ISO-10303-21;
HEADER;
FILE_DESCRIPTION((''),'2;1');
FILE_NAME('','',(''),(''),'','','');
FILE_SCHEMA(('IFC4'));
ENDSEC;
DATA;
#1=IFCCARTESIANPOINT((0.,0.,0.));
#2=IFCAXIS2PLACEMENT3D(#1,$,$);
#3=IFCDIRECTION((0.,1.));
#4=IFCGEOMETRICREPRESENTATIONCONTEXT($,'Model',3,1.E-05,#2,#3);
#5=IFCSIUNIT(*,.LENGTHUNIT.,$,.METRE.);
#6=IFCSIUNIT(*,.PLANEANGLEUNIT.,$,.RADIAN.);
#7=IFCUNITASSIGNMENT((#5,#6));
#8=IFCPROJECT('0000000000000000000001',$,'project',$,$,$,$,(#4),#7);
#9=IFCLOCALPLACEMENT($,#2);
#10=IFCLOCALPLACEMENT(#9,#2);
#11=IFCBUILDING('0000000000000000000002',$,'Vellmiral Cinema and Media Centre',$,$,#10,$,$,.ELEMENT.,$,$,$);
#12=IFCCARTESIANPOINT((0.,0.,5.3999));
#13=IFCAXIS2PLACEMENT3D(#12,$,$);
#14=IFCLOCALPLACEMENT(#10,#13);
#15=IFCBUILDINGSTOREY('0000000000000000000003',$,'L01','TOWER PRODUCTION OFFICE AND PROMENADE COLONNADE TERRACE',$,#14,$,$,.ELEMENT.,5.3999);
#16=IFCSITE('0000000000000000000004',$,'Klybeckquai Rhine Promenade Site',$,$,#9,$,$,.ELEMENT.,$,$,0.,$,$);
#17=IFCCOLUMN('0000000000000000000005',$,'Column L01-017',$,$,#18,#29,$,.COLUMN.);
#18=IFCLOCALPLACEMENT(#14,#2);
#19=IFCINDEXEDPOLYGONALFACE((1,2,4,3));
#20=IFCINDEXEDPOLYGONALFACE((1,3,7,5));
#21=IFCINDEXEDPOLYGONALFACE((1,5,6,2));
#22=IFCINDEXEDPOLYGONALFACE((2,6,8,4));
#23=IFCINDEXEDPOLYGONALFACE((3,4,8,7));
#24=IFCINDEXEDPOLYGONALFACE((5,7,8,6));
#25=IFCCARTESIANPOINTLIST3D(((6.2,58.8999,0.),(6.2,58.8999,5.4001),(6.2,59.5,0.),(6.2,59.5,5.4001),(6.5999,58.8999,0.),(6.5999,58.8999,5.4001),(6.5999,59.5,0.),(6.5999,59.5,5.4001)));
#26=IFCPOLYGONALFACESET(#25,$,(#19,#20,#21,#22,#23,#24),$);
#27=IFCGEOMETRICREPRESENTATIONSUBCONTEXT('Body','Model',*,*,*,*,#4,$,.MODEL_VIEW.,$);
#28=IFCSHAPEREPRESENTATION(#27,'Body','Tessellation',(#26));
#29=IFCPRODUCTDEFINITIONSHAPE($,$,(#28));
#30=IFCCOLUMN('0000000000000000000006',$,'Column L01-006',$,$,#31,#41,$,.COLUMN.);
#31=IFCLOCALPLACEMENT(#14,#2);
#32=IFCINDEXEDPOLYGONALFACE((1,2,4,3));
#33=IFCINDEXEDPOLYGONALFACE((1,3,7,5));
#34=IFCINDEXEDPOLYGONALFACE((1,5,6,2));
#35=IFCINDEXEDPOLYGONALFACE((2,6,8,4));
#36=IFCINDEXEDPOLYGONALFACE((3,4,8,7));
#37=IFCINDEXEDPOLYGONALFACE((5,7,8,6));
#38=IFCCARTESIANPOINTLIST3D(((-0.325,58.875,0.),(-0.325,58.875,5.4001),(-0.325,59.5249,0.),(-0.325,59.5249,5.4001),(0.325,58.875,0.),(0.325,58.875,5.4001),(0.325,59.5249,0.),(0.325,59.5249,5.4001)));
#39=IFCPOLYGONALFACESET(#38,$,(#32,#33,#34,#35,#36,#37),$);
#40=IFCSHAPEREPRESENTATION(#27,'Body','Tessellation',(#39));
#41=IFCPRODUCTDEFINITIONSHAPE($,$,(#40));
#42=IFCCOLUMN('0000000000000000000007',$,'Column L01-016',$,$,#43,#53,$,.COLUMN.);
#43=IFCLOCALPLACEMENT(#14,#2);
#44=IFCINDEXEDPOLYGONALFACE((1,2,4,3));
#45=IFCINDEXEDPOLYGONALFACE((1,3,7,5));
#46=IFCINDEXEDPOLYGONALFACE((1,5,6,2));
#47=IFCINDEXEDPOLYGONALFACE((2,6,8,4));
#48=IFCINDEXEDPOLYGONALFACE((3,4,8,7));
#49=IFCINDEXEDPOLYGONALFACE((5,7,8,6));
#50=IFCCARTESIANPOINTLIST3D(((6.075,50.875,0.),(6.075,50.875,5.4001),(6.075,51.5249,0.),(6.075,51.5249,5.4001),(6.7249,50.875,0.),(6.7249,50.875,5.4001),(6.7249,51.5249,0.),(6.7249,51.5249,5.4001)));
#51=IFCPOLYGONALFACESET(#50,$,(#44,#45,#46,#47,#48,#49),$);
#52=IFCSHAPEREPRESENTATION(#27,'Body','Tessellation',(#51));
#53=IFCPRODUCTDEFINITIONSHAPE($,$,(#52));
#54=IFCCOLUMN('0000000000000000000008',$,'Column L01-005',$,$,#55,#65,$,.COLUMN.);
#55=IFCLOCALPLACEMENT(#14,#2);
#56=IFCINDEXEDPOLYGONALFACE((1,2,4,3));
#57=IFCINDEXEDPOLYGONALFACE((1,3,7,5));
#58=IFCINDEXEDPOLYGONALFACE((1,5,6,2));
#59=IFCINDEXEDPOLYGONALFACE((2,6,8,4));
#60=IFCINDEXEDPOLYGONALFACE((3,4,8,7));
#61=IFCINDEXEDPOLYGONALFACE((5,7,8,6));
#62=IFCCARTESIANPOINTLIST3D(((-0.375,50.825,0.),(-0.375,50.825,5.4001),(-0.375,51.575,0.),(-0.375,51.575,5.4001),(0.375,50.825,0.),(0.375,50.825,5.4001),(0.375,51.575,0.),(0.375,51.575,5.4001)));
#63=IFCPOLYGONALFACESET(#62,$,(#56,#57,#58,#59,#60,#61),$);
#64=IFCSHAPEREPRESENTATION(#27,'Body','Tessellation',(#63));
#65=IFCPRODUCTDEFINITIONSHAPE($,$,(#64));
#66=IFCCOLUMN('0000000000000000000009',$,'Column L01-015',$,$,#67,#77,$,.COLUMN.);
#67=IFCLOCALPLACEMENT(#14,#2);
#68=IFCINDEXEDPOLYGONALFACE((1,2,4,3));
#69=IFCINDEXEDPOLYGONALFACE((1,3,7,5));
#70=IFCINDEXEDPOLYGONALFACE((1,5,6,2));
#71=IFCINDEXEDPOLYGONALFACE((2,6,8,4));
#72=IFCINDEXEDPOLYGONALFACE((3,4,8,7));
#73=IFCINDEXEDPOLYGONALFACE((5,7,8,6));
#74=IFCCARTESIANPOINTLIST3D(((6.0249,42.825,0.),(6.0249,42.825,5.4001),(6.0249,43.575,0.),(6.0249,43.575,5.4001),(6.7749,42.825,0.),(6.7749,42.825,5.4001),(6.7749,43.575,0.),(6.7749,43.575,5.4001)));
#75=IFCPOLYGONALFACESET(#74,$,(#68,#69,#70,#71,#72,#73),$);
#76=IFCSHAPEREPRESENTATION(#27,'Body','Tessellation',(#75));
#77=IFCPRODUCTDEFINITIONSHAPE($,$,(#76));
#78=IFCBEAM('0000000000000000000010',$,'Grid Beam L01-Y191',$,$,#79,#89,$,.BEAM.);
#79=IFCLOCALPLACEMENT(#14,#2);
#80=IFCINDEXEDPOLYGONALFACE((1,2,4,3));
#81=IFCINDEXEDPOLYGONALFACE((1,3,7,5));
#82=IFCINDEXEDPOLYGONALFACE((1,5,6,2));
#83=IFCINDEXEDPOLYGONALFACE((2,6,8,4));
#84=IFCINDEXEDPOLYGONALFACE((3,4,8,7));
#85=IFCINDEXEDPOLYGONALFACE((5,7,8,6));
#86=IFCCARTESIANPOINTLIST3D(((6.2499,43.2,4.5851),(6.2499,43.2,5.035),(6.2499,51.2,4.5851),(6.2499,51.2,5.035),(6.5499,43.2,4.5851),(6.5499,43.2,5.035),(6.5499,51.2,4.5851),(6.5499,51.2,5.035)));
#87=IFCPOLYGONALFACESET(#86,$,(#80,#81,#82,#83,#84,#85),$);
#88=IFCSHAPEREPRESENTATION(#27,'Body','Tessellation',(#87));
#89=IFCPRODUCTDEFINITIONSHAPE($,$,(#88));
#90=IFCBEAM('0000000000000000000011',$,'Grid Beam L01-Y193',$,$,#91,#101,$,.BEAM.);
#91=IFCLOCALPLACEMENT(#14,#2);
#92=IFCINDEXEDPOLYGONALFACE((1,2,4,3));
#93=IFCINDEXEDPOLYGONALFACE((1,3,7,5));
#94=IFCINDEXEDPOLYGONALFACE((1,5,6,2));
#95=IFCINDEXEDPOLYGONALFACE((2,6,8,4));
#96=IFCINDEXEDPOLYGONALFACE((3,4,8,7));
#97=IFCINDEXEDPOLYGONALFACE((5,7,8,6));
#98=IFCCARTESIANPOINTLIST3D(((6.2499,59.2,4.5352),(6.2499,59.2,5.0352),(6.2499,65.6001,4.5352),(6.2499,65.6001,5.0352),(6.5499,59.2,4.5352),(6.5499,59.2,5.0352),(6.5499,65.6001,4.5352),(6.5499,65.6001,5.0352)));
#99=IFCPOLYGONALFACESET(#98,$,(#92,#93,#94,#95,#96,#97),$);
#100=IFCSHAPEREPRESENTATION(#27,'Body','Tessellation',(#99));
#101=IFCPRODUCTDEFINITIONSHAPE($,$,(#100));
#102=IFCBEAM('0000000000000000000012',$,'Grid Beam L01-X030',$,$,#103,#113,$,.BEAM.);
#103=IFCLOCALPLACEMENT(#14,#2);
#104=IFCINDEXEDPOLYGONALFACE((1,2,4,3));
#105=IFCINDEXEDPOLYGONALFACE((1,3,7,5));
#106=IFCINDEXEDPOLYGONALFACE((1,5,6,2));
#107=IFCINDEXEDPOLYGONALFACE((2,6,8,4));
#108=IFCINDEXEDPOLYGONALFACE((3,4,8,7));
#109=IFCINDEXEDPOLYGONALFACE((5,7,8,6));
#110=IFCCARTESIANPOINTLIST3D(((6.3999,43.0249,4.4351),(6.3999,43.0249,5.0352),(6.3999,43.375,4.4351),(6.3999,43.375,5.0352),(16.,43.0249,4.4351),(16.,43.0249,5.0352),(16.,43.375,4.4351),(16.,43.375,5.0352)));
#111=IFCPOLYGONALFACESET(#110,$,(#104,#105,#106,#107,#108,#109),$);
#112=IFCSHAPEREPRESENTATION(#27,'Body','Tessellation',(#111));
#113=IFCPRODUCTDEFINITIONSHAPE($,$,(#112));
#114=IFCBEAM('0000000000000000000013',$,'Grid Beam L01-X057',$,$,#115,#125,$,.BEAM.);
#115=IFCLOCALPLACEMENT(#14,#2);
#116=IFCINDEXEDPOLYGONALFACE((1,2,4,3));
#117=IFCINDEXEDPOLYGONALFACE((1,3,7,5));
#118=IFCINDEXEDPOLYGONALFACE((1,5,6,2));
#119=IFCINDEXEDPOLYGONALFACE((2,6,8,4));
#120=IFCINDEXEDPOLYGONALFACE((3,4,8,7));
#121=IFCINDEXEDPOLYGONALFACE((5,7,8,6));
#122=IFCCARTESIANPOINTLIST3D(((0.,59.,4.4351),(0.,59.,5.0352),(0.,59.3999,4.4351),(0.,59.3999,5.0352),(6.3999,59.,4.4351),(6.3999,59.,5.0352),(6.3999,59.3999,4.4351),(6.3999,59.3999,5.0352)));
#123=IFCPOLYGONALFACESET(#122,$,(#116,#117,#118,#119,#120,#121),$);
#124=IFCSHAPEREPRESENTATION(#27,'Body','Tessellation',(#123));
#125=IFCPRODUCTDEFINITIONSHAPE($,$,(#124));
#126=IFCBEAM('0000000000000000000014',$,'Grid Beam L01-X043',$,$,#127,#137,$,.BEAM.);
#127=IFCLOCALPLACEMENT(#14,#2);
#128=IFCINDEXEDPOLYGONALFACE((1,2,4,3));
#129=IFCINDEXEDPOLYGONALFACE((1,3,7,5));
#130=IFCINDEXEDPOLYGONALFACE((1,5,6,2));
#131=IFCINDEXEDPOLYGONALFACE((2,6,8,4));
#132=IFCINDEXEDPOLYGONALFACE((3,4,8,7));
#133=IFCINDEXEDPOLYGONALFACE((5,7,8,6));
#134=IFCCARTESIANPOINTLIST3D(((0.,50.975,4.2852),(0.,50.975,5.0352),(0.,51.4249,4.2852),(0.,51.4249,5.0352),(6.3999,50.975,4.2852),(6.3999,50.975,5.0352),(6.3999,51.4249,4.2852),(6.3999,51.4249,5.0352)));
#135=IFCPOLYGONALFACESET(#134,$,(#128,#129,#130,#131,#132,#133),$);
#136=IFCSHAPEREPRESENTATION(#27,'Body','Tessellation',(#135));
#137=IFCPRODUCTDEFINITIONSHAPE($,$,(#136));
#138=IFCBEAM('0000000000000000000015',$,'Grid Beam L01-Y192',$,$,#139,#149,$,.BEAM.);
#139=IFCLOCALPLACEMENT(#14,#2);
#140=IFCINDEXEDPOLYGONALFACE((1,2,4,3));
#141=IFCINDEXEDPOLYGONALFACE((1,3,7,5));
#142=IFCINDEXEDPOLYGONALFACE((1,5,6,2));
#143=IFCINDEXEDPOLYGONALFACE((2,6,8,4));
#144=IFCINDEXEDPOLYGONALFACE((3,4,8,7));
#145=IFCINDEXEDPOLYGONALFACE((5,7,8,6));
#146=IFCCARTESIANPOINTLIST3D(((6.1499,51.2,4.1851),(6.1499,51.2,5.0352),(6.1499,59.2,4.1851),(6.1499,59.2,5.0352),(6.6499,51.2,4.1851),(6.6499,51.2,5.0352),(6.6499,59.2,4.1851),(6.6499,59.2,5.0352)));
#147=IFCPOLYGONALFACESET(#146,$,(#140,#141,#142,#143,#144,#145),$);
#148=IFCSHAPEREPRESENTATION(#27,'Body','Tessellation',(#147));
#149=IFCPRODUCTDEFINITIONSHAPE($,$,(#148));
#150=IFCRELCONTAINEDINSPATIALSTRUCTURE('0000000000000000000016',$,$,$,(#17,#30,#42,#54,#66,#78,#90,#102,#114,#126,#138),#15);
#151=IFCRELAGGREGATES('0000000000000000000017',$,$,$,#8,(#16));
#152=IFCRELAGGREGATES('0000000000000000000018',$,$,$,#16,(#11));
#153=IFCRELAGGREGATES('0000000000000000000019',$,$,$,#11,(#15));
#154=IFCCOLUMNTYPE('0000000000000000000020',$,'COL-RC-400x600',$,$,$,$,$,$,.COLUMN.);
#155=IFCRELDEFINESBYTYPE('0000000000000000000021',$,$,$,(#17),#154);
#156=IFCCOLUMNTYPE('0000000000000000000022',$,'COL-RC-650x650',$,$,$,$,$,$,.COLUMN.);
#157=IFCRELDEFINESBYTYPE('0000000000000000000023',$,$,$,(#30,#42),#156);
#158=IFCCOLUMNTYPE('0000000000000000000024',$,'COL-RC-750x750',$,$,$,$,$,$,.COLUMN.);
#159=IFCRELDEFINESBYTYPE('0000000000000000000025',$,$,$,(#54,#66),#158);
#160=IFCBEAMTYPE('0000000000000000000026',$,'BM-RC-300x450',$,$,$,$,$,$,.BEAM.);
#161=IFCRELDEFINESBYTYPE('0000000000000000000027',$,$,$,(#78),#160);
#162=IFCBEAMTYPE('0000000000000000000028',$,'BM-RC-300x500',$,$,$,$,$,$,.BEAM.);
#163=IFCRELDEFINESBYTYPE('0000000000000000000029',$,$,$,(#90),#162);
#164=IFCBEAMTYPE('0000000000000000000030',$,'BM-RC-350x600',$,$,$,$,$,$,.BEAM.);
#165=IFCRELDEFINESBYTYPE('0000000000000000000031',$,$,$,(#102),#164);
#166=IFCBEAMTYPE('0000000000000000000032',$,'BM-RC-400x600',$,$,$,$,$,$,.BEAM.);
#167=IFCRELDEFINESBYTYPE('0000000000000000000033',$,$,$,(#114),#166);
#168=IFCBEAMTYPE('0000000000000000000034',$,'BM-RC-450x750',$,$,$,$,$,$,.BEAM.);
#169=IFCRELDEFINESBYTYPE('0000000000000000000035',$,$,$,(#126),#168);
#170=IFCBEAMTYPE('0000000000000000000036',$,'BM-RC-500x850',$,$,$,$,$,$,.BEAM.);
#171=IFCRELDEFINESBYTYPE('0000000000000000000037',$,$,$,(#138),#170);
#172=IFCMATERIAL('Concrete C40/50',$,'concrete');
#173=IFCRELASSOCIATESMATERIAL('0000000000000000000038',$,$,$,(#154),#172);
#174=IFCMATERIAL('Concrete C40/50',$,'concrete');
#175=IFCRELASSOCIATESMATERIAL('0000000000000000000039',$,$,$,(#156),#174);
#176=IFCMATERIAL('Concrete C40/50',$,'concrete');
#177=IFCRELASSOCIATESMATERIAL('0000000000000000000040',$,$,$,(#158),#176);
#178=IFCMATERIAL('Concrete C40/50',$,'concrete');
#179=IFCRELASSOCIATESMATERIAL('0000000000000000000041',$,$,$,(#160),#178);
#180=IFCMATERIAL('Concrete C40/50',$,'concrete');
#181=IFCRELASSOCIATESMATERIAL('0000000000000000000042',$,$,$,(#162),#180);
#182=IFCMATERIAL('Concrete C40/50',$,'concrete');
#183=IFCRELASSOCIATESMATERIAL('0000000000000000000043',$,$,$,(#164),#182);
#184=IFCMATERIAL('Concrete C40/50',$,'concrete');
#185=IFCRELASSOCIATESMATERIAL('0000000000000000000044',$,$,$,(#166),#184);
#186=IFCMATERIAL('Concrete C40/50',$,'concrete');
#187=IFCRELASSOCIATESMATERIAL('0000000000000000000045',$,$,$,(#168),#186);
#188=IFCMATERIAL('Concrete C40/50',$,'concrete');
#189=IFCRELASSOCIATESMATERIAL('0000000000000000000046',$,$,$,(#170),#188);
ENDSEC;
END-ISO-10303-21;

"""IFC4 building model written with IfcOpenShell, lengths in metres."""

from ifc_helpers import new_model, si_unit, direction, frame, origin, origin_2d, place, context, subcontext, project, spatial, rectangle, extrude, material, material_profile, profile_set, type_object, element, save


model = new_model("IFC4")

# Units and contexts
model_context = context("Model", 3, precision=1e-05, world=origin(), true_north=direction((0.0, 1.0)))
body_context = subcontext(model_context, "Body", "Model", "MODEL_VIEW")
ifc_project = project(units=[si_unit("LENGTHUNIT", "METRE"), si_unit("PLANEANGLEUNIT", "RADIAN")], contexts=[model_context])

# Site, building, storey
site_placement = place(None, origin())
site = spatial("IfcSite", under=ifc_project, at=site_placement, Name="Klybeckquai Rhine Promenade Site", CompositionType="ELEMENT", RefElevation=0.0)
building_placement = place(site_placement, origin())
building = spatial("IfcBuilding", under=site, at=building_placement, Name="Vellmiral Cinema and Media Centre", CompositionType="ELEMENT")
storey_placement = place(building_placement, frame((0.0, 0.0, 5.3999)))
storey = spatial("IfcBuildingStorey", under=building, at=storey_placement, Name="L01", Description="TOWER PRODUCTION OFFICE AND PROMENADE COLONNADE TERRACE", CompositionType="ELEMENT", Elevation=5.3999)

# Columns
ifc_material_1 = material(Name="Concrete C40/50", Category="concrete")
ifc_material_profile_1 = material_profile(ifc_material_1, rectangle(XDim=0.3999, YDim=0.6001, at=origin_2d()), Name="RC 400x600")
ifc_profile_set_1 = profile_set([ifc_material_profile_1], Name="Concrete C40/50")
column_type_1 = type_object("IfcColumnType", Name="COL-RC-400x600", PredefinedType="COLUMN", material=ifc_profile_set_1)
column_placement = place(storey_placement, frame((6.3999, 59.2, 0.0), z_axis=(0.0, 0.0, 1.0), x_axis=(1.0, 0.0, 0.0)))
element("IfcColumn", 1, at=column_placement, inside=storey, type_object=column_type_1, Name="Column L01-017", PredefinedType="COLUMN", context=body_context, shape_type="SweptSolid", body=[
    extrude(rectangle(XDim=0.3999, YDim=0.6001, at=origin_2d()), origin(), (0.0, 0.0, 1.0), 5.4001),
])
ifc_material_2 = material(Name="Concrete C40/50", Category="concrete")
ifc_material_profile_2 = material_profile(ifc_material_2, rectangle(XDim=0.6499, YDim=0.6499, at=origin_2d()), Name="RC 650x650")
ifc_profile_set_2 = profile_set([ifc_material_profile_2], Name="Concrete C40/50")
column_type_2 = type_object("IfcColumnType", Name="COL-RC-650x650", PredefinedType="COLUMN", material=ifc_profile_set_2)
for number, where, z_axis, x_axis, name in (
    (2, (0.0, 59.2, 0.0), (0.0, 0.0, 1.0), (1.0, 0.0, 0.0), "Column L01-006"),
    (3, (6.3999, 51.2, 0.0), (0.0, 0.0, 1.0), (1.0, 0.0, 0.0), "Column L01-016"),
):
    element("IfcColumn", number, at=place(storey_placement, frame(where, z_axis=z_axis, x_axis=x_axis)), inside=storey, type_object=column_type_2, Name=name, PredefinedType="COLUMN", context=body_context, shape_type="SweptSolid", body=[
        extrude(rectangle(XDim=0.6499, YDim=0.6499, at=origin_2d()), origin(), (0.0, 0.0, 1.0), 5.4001),
    ])
ifc_material_3 = material(Name="Concrete C40/50", Category="concrete")
ifc_material_profile_3 = material_profile(ifc_material_3, rectangle(XDim=0.75, YDim=0.75, at=origin_2d()), Name="RC 750x750")
ifc_profile_set_3 = profile_set([ifc_material_profile_3], Name="Concrete C40/50")
column_type_3 = type_object("IfcColumnType", Name="COL-RC-750x750", PredefinedType="COLUMN", material=ifc_profile_set_3)
for number, where, z_axis, x_axis, name in (
    (4, (0.0, 51.2, 0.0), (0.0, 0.0, 1.0), (1.0, 0.0, 0.0), "Column L01-005"),
    (5, (6.3999, 43.2, 0.0), (0.0, 0.0, 1.0), (1.0, 0.0, 0.0), "Column L01-015"),
):
    element("IfcColumn", number, at=place(storey_placement, frame(where, z_axis=z_axis, x_axis=x_axis)), inside=storey, type_object=column_type_3, Name=name, PredefinedType="COLUMN", context=body_context, shape_type="SweptSolid", body=[
        extrude(rectangle(XDim=0.75, YDim=0.75, at=origin_2d()), origin(), (0.0, 0.0, 1.0), 5.4001),
    ])

# Beams
ifc_material_4 = material(Name="Concrete C40/50", Category="concrete")
ifc_material_profile_4 = material_profile(ifc_material_4, rectangle(XDim=0.3, YDim=0.45, at=origin_2d()), Name="RC 300x450")
ifc_profile_set_4 = profile_set([ifc_material_profile_4], Name="Concrete C40/50")
beam_type_1 = type_object("IfcBeamType", Name="BM-RC-300x450", PredefinedType="BEAM", material=ifc_profile_set_4)
beam_1_placement = place(storey_placement, frame((6.3999, 43.2, 4.8101), z_axis=(0.0, 1.0, 0.0), x_axis=(-1.0, 0.0, 0.0)))
element("IfcBeam", 6, at=beam_1_placement, inside=storey, type_object=beam_type_1, Name="Grid Beam L01-Y191", PredefinedType="BEAM", context=body_context, shape_type="SweptSolid", body=[
    extrude(rectangle(XDim=0.3, YDim=0.45, at=origin_2d()), origin(), (0.0, 0.0, 1.0), 8.0),
])
ifc_material_5 = material(Name="Concrete C40/50", Category="concrete")
ifc_material_profile_5 = material_profile(ifc_material_5, rectangle(XDim=0.3, YDim=0.5, at=origin_2d()), Name="RC 300x500")
ifc_profile_set_5 = profile_set([ifc_material_profile_5], Name="Concrete C40/50")
beam_type_2 = type_object("IfcBeamType", Name="BM-RC-300x500", PredefinedType="BEAM", material=ifc_profile_set_5)
beam_2_placement = place(storey_placement, frame((6.3999, 59.2, 4.7852), z_axis=(0.0, 1.0, 0.0), x_axis=(-1.0, 0.0, 0.0)))
element("IfcBeam", 7, at=beam_2_placement, inside=storey, type_object=beam_type_2, Name="Grid Beam L01-Y193", PredefinedType="BEAM", context=body_context, shape_type="SweptSolid", body=[
    extrude(rectangle(XDim=0.3, YDim=0.5, at=origin_2d()), origin(), (0.0, 0.0, 1.0), 6.4001),
])
ifc_material_6 = material(Name="Concrete C40/50", Category="concrete")
ifc_material_profile_6 = material_profile(ifc_material_6, rectangle(XDim=0.3501, YDim=0.6001, at=origin_2d()), Name="RC 350x600")
ifc_profile_set_6 = profile_set([ifc_material_profile_6], Name="Concrete C40/50")
beam_type_3 = type_object("IfcBeamType", Name="BM-RC-350x600", PredefinedType="BEAM", material=ifc_profile_set_6)
beam_3_placement = place(storey_placement, frame((6.3999, 43.2, 4.7351), z_axis=(1.0, 0.0, 0.0), x_axis=(0.0, 1.0, 0.0)))
element("IfcBeam", 8, at=beam_3_placement, inside=storey, type_object=beam_type_3, Name="Grid Beam L01-X030", PredefinedType="BEAM", context=body_context, shape_type="SweptSolid", body=[
    extrude(rectangle(XDim=0.3501, YDim=0.6001, at=origin_2d()), origin(), (0.0, 0.0, 1.0), 9.6001),
])
ifc_material_7 = material(Name="Concrete C40/50", Category="concrete")
ifc_material_profile_7 = material_profile(ifc_material_7, rectangle(XDim=0.3999, YDim=0.6001, at=origin_2d()), Name="RC 400x600")
ifc_profile_set_7 = profile_set([ifc_material_profile_7], Name="Concrete C40/50")
beam_type_4 = type_object("IfcBeamType", Name="BM-RC-400x600", PredefinedType="BEAM", material=ifc_profile_set_7)
beam_4_placement = place(storey_placement, frame((0.0, 59.2, 4.7351), z_axis=(1.0, 0.0, 0.0), x_axis=(0.0, 1.0, 0.0)))
element("IfcBeam", 9, at=beam_4_placement, inside=storey, type_object=beam_type_4, Name="Grid Beam L01-X057", PredefinedType="BEAM", context=body_context, shape_type="SweptSolid", body=[
    extrude(rectangle(XDim=0.3999, YDim=0.6001, at=origin_2d()), origin(), (0.0, 0.0, 1.0), 6.3999),
])
ifc_material_8 = material(Name="Concrete C40/50", Category="concrete")
ifc_material_profile_8 = material_profile(ifc_material_8, rectangle(XDim=0.45, YDim=0.75, at=origin_2d()), Name="RC 450x750")
ifc_profile_set_8 = profile_set([ifc_material_profile_8], Name="Concrete C40/50")
beam_type_5 = type_object("IfcBeamType", Name="BM-RC-450x750", PredefinedType="BEAM", material=ifc_profile_set_8)
beam_5_placement = place(storey_placement, frame((0.0, 51.2, 4.6602), z_axis=(1.0, 0.0, 0.0), x_axis=(0.0, 1.0, 0.0)))
element("IfcBeam", 10, at=beam_5_placement, inside=storey, type_object=beam_type_5, Name="Grid Beam L01-X043", PredefinedType="BEAM", context=body_context, shape_type="SweptSolid", body=[
    extrude(rectangle(XDim=0.45, YDim=0.75, at=origin_2d()), origin(), (0.0, 0.0, 1.0), 6.3999),
])
ifc_material_9 = material(Name="Concrete C40/50", Category="concrete")
ifc_material_profile_9 = material_profile(ifc_material_9, rectangle(XDim=0.5, YDim=0.8501, at=origin_2d()), Name="RC 500x850")
ifc_profile_set_9 = profile_set([ifc_material_profile_9], Name="Concrete C40/50")
beam_type_6 = type_object("IfcBeamType", Name="BM-RC-500x850", PredefinedType="BEAM", material=ifc_profile_set_9)
beam_6_placement = place(storey_placement, frame((6.3999, 51.2, 4.6101), z_axis=(0.0, 1.0, 0.0), x_axis=(-1.0, 0.0, 0.0)))
element("IfcBeam", 11, at=beam_6_placement, inside=storey, type_object=beam_type_6, Name="Grid Beam L01-Y192", PredefinedType="BEAM", context=body_context, shape_type="SweptSolid", body=[
    extrude(rectangle(XDim=0.5, YDim=0.8501, at=origin_2d()), origin(), (0.0, 0.0, 1.0), 8.0),
])

save(model, "model.ifc")
